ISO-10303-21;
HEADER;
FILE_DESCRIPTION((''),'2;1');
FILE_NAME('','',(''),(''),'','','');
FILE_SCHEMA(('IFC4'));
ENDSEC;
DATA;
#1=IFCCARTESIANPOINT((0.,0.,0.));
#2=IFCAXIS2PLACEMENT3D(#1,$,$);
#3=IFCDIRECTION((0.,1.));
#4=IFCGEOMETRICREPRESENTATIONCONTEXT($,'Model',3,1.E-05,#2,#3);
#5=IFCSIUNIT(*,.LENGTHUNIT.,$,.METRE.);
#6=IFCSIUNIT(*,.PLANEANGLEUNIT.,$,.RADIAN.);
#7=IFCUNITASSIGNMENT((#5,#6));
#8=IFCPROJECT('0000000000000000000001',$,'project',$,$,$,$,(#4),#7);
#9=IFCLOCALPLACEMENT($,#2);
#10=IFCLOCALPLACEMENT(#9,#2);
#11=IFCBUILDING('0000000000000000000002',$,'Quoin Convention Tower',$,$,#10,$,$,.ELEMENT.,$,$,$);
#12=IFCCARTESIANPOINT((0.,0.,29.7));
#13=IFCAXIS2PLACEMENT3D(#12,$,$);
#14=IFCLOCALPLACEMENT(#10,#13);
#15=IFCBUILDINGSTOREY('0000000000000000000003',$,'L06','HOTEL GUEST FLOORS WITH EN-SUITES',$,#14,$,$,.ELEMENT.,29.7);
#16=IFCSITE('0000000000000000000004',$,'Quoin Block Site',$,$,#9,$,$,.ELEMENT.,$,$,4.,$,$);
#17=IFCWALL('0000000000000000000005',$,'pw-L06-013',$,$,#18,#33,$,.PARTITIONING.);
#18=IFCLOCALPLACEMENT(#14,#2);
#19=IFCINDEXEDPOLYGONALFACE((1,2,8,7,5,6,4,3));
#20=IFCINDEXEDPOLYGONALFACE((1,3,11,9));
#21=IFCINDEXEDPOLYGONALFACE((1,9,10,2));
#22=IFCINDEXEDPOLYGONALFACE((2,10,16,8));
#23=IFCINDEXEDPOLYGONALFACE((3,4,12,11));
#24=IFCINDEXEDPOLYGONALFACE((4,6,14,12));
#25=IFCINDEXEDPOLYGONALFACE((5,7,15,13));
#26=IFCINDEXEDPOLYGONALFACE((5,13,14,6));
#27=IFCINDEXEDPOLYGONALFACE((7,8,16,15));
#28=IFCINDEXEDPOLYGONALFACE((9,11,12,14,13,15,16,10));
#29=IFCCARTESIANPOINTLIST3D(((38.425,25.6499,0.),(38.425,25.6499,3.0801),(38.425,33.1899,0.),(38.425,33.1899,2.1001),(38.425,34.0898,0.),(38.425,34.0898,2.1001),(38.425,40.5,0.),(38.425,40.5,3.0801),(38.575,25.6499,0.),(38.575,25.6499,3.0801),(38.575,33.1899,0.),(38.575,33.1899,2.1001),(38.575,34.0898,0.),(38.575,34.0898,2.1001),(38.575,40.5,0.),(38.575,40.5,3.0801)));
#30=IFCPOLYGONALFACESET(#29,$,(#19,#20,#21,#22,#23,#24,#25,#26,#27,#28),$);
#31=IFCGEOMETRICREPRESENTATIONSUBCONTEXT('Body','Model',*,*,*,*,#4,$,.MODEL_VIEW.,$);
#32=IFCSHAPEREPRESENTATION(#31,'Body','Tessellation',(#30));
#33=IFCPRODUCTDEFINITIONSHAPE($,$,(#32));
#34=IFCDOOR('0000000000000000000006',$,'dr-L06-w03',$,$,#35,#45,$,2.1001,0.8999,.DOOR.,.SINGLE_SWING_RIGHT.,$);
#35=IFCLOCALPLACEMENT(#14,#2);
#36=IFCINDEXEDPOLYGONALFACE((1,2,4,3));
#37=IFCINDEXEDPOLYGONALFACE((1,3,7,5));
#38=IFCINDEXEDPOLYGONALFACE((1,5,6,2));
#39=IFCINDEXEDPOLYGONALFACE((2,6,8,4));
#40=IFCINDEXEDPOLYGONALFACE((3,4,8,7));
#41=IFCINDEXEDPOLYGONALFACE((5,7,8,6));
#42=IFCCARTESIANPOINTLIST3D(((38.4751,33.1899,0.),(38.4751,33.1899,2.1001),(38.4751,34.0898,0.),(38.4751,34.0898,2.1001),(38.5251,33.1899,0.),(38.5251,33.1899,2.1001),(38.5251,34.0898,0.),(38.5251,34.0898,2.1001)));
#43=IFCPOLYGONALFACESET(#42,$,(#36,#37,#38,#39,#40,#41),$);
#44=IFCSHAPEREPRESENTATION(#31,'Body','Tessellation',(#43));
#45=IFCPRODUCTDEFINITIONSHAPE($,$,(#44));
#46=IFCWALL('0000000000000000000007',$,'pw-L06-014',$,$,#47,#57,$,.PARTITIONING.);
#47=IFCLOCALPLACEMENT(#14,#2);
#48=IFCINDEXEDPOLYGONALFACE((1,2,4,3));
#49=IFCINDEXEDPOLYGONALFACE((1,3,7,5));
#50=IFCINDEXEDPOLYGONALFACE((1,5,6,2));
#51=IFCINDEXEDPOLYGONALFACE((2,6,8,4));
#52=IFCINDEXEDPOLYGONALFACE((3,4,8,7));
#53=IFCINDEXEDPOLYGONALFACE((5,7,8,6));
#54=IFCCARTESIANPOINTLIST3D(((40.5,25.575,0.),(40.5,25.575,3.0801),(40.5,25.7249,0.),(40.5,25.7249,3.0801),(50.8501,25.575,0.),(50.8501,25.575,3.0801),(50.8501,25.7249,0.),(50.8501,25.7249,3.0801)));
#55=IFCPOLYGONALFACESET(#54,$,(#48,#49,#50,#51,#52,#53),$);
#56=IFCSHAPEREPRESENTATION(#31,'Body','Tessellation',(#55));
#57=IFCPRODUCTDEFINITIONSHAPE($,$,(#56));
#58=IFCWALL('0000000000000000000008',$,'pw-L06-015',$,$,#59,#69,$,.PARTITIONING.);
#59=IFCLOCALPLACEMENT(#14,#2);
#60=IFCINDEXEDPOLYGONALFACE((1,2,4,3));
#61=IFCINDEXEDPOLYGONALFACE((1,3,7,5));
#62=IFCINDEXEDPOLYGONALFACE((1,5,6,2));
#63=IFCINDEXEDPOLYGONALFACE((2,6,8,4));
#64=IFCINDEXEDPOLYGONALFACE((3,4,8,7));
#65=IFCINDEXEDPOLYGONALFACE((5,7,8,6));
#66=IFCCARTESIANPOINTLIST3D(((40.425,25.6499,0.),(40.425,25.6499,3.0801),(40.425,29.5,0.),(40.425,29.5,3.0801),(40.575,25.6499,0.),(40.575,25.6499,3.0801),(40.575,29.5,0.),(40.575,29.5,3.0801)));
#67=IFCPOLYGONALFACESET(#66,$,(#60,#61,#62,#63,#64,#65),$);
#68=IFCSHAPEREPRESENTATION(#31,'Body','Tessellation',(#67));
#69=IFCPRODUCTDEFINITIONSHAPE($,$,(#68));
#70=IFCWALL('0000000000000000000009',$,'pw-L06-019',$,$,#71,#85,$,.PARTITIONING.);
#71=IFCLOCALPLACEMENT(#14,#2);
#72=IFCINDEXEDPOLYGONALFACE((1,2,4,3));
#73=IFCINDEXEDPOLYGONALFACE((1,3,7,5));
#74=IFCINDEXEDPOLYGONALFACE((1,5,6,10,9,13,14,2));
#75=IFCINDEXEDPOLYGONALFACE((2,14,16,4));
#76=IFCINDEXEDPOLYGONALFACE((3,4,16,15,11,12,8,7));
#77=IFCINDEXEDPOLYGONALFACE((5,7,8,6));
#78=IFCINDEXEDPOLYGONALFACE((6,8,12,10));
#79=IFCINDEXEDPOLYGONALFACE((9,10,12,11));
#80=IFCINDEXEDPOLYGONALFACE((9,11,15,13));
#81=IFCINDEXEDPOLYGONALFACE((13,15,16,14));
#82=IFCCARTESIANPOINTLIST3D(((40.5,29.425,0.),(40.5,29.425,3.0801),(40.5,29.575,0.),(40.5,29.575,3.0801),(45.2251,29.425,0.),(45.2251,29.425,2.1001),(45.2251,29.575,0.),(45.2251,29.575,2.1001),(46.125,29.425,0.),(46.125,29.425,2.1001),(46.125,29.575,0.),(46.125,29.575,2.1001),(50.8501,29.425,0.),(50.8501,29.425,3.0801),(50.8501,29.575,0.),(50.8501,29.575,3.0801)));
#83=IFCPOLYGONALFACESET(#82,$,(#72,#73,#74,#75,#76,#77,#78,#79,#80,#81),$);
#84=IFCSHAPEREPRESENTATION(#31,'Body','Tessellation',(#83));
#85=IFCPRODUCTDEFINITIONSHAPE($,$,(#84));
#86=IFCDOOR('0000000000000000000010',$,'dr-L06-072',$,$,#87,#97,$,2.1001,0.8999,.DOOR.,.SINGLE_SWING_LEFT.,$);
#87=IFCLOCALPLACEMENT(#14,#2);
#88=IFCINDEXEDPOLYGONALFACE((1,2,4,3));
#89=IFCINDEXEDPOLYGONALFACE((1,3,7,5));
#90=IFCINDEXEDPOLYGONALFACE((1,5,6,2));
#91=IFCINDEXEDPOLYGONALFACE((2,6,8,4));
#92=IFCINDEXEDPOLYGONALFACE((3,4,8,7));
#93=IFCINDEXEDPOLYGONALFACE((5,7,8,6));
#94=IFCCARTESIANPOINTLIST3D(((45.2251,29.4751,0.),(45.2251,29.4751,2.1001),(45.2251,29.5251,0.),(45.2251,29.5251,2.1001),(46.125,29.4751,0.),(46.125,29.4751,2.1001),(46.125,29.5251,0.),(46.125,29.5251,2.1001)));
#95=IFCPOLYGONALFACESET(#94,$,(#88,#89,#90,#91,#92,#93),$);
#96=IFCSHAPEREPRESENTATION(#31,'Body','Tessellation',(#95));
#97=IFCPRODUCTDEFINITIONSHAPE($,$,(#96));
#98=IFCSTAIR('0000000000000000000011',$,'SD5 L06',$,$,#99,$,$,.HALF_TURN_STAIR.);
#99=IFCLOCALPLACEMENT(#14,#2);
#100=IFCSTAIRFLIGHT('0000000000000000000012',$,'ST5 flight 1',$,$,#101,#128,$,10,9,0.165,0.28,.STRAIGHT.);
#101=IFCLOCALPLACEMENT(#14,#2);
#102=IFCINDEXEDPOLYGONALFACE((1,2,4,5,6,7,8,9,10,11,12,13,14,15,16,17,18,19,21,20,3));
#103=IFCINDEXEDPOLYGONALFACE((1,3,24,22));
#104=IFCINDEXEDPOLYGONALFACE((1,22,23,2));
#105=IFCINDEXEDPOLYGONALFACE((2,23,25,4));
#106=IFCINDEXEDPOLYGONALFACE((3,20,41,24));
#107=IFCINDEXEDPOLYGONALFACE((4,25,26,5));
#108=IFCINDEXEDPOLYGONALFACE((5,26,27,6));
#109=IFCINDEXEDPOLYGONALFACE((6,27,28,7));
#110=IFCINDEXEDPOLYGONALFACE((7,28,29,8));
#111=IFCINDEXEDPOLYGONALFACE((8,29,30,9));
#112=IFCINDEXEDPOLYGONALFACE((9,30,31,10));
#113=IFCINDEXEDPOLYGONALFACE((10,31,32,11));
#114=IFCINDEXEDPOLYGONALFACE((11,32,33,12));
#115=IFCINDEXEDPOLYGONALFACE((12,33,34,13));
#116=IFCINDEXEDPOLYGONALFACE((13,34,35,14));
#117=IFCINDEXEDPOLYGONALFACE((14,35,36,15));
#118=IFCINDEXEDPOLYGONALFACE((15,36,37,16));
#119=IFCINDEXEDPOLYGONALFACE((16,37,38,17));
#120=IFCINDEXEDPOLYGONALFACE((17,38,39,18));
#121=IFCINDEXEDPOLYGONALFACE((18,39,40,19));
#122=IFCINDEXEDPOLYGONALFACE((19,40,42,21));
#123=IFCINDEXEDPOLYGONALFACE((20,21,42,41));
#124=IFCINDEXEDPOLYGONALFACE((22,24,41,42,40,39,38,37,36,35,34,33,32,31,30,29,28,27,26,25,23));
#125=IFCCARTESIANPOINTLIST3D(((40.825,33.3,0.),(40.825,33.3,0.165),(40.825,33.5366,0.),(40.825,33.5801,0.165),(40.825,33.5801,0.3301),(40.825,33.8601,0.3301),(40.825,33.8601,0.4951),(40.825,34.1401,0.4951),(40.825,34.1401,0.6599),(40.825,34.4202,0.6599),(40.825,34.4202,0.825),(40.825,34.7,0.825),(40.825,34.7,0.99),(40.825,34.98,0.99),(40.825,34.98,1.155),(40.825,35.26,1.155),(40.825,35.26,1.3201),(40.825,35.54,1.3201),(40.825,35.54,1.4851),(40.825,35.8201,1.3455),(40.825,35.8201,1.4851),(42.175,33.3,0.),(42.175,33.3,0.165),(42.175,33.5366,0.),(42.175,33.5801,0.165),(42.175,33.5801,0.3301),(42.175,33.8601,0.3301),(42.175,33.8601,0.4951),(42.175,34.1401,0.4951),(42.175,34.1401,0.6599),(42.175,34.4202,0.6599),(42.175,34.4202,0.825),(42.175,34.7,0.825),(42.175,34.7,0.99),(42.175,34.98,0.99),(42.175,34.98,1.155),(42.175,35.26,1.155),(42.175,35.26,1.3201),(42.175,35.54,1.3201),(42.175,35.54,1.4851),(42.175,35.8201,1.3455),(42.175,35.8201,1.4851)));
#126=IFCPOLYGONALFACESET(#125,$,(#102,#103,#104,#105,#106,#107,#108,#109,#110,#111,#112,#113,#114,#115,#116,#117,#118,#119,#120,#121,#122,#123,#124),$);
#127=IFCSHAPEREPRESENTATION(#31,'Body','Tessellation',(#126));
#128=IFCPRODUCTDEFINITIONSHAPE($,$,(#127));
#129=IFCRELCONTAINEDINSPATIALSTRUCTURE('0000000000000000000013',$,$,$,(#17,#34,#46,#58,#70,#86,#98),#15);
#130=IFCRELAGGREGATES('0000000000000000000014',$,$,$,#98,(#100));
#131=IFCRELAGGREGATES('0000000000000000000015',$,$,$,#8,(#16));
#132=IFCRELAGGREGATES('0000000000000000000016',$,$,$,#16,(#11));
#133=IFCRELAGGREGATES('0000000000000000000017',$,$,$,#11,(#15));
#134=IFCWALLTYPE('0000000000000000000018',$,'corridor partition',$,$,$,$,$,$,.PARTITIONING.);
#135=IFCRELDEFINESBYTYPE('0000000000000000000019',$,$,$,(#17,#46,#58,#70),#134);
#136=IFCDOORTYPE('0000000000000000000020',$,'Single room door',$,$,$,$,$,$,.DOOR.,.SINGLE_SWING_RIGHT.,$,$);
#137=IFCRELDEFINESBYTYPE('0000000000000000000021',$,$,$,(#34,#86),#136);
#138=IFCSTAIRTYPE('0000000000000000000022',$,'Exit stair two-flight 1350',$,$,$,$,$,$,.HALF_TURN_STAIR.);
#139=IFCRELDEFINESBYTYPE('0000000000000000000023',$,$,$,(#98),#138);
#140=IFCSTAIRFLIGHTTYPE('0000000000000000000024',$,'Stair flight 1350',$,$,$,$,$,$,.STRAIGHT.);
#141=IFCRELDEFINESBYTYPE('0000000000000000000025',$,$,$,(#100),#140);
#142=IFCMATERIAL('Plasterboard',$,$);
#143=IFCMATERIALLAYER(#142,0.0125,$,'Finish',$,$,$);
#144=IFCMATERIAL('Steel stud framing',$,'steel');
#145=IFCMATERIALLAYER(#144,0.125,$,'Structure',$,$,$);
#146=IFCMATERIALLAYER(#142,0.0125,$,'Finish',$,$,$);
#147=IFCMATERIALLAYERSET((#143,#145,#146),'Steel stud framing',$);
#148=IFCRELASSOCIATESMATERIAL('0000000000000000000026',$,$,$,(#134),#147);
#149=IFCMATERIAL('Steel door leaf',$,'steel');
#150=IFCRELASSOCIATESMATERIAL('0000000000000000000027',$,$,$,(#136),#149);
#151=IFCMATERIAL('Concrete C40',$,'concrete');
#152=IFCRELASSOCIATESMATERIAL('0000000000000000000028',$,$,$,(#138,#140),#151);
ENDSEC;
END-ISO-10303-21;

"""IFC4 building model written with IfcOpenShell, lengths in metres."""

from ifc_helpers import new_model, si_unit, direction, frame, frame_2d, origin, place, context, subcontext, project, spatial, polyline, rectangle, outline, extrude, material, layer, layer_set, type_object, element, fill, aggregate, save


model = new_model("IFC4")

# Units and contexts
model_context = context("Model", 3, precision=1e-05, world=origin(), true_north=direction((0.0, 1.0)))
body_context = subcontext(model_context, "Body", "Model", "MODEL_VIEW")
ifc_project = project(units=[si_unit("LENGTHUNIT", "METRE"), si_unit("PLANEANGLEUNIT", "RADIAN")], contexts=[model_context])

# Site, building, storey
site_placement = place(None, origin())
site = spatial("IfcSite", under=ifc_project, at=site_placement, Name="Quoin Block Site", CompositionType="ELEMENT", RefElevation=4.0)
building_placement = place(site_placement, origin())
building = spatial("IfcBuilding", under=site, at=building_placement, Name="Quoin Convention Tower", CompositionType="ELEMENT")
storey_placement = place(building_placement, frame((0.0, 0.0, 29.7)))
storey = spatial("IfcBuildingStorey", under=building, at=storey_placement, Name="L06", Description="HOTEL GUEST FLOORS WITH EN-SUITES", CompositionType="ELEMENT", Elevation=29.7)

# Shared definitions
ifc_material_1 = material(Name="Steel door leaf", Category="steel")

# Wall, opening, door
ifc_material_2 = material(Name="Plasterboard")
ifc_layer_1 = layer(ifc_material_2, 0.0125, Name="Finish")
ifc_material_3 = material(Name="Steel stud framing", Category="steel")
ifc_layer_2 = layer(ifc_material_3, 0.125, Name="Structure")
ifc_layer_3 = layer(ifc_material_2, 0.0125, Name="Finish")
ifc_layer_set_1 = layer_set([ifc_layer_1, ifc_layer_2, ifc_layer_3], Name="Steel stud framing")
wall_type_1 = type_object("IfcWallType", Name="corridor partition", PredefinedType="PARTITIONING", material=ifc_layer_set_1)
wall_1_placement = place(storey_placement, frame((38.5, 25.6499, 0.0), z_axis=(0.0, 0.0, 1.0), x_axis=(0.0, 1.0, 0.0)))
wall_1 = element("IfcWall", 1, at=wall_1_placement, inside=storey, type_object=wall_type_1, Name="pw-L06-013", PredefinedType="PARTITIONING", context=body_context, shape_type="SweptSolid", body=[
    extrude(rectangle(XDim=14.8501, YDim=0.1499, at=frame_2d((7.425, 0.0))), origin(), (0.0, 0.0, 1.0), 3.0801),
])
opening_1_placement = place(wall_1_placement, frame((7.54, 0.0, 0.0)))
opening_1 = element("IfcOpeningElement", 2, at=opening_1_placement, cuts=wall_1, PredefinedType="OPENING", context=body_context, shape_type="SweptSolid", body=[
    extrude(rectangle(XDim=0.8999, YDim=2.1001, at=frame_2d((0.45, 1.05))), frame((0.0, 0.085, 0.0), z_axis=(0.0, -1.0, 0.0), x_axis=(1.0, 0.0, 0.0)), (0.0, 0.0, 1.0), 0.1699),
])
door_type_1 = type_object("IfcDoorType", Name="Single room door", OperationType="SINGLE_SWING_RIGHT", PredefinedType="DOOR", material=ifc_material_1)
door_1_placement = place(opening_1_placement, origin())
door_1 = element("IfcDoor", 3, at=door_1_placement, inside=storey, type_object=door_type_1, Name="dr-L06-w03", OperationType="SINGLE_SWING_RIGHT", OverallHeight=2.1001, OverallWidth=0.8999, PredefinedType="DOOR", context=body_context, shape_type="SweptSolid", body=[
    extrude(rectangle(XDim=0.8999, YDim=2.1001, at=frame_2d((0.45, 1.05))), frame((0.0, 0.0249, 0.0), z_axis=(0.0, -1.0, 0.0), x_axis=(1.0, 0.0, 0.0)), (0.0, 0.0, 1.0), 0.05),
])
fill(opening_1, door_1)

# Walls
wall_2_placement = place(storey_placement, frame((40.5, 25.6499, 0.0), z_axis=(0.0, 0.0, 1.0), x_axis=(1.0, 0.0, 0.0)))
element("IfcWall", 4, at=wall_2_placement, inside=storey, type_object=wall_type_1, Name="pw-L06-014", PredefinedType="PARTITIONING", context=body_context, shape_type="SweptSolid", body=[
    extrude(rectangle(XDim=10.3501, YDim=0.1499, at=frame_2d((5.175, 0.0))), origin(), (0.0, 0.0, 1.0), 3.0801),
])
wall_3_placement = place(storey_placement, frame((40.5, 25.6499, 0.0), z_axis=(0.0, 0.0, 1.0), x_axis=(0.0, 1.0, 0.0)))
element("IfcWall", 5, at=wall_3_placement, inside=storey, type_object=wall_type_1, Name="pw-L06-015", PredefinedType="PARTITIONING", context=body_context, shape_type="SweptSolid", body=[
    extrude(rectangle(XDim=3.8501, YDim=0.1499, at=frame_2d((1.925, 0.0))), origin(), (0.0, 0.0, 1.0), 3.0801),
])

# Wall, opening, door
wall_4_placement = place(storey_placement, frame((40.5, 29.5, 0.0), z_axis=(0.0, 0.0, 1.0), x_axis=(1.0, 0.0, 0.0)))
wall_4 = element("IfcWall", 6, at=wall_4_placement, inside=storey, type_object=wall_type_1, Name="pw-L06-019", PredefinedType="PARTITIONING", context=body_context, shape_type="SweptSolid", body=[
    extrude(rectangle(XDim=10.3501, YDim=0.1499, at=frame_2d((5.175, 0.0))), origin(), (0.0, 0.0, 1.0), 3.0801),
])
opening_2_placement = place(wall_4_placement, frame((4.7251, 0.0, 0.0)))
opening_2 = element("IfcOpeningElement", 7, at=opening_2_placement, cuts=wall_4, PredefinedType="OPENING", context=body_context, shape_type="SweptSolid", body=[
    extrude(rectangle(XDim=0.8999, YDim=2.1001, at=frame_2d((0.45, 1.05))), frame((0.0, 0.085, 0.0), z_axis=(0.0, -1.0, 0.0), x_axis=(1.0, 0.0, 0.0)), (0.0, 0.0, 1.0), 0.1699),
])
door_2_placement = place(opening_2_placement, frame((0.8999, 0.0, 0.0), z_axis=(0.0, 0.0, 1.0), x_axis=(-1.0, 0.0, 0.0)))
door_2 = element("IfcDoor", 8, at=door_2_placement, inside=storey, type_object=door_type_1, Name="dr-L06-072", OperationType="SINGLE_SWING_LEFT", OverallHeight=2.1001, OverallWidth=0.8999, PredefinedType="DOOR", context=body_context, shape_type="SweptSolid", body=[
    extrude(rectangle(XDim=0.8999, YDim=2.1001, at=frame_2d((0.45, 1.05))), frame((0.0, 0.0249, 0.0), z_axis=(0.0, -1.0, 0.0), x_axis=(1.0, 0.0, 0.0)), (0.0, 0.0, 1.0), 0.05),
])
fill(opening_2, door_2)

# Stair, stair flight
ifc_material_4 = material(Name="Concrete C40", Category="concrete")
stair_type = type_object("IfcStairType", Name="Exit stair two-flight 1350", PredefinedType="HALF_TURN_STAIR", material=ifc_material_4)
stair_placement = place(storey_placement, origin())
stair = element("IfcStair", 9, at=stair_placement, inside=storey, type_object=stair_type, Name="SD5 L06", PredefinedType="HALF_TURN_STAIR")
stair_flight_type = type_object("IfcStairFlightType", Name="Stair flight 1350", PredefinedType="STRAIGHT", material=ifc_material_4)
stair_flight_placement = place(storey_placement, frame((41.5, 33.3, 0.0), z_axis=(0.0, 0.0, 1.0), x_axis=(0.0, 1.0, 0.0)))
stair_flight = element("IfcStairFlight", 10, at=stair_flight_placement, type_object=stair_flight_type, Name="ST5 flight 1", NumberOfRisers=10, NumberOfTreads=9, PredefinedType="STRAIGHT", RiserHeight=0.165, TreadLength=0.28, context=body_context, shape_type="SweptSolid", body=[
    extrude(outline(polyline([(0.0, 0.0), (0.0, 0.165), (0.28, 0.165), (0.28, 0.3301), (0.5601, 0.3301), (0.5601, 0.4951), (0.8401, 0.4951), (0.8401, 0.6599), (1.1201, 0.6599), (1.1201, 0.825), (1.3999, 0.825), (1.3999, 0.99), (1.6799, 0.99), (1.6799, 1.155), (1.96, 1.155), (1.96, 1.3201), (2.24, 1.3201), (2.24, 1.4851), (2.52, 1.4851), (2.52, 1.6499), (2.52, 1.3455), (0.2366, 0.0), (0.0, 0.0)])), frame((0.0, 0.675, 0.0), z_axis=(0.0, -1.0, 0.0), x_axis=(1.0, 0.0, 0.0)), (0.0, 0.0, 1.0), 1.3501),
])
aggregate(stair, [stair_flight])

save(model, "model.ifc")
